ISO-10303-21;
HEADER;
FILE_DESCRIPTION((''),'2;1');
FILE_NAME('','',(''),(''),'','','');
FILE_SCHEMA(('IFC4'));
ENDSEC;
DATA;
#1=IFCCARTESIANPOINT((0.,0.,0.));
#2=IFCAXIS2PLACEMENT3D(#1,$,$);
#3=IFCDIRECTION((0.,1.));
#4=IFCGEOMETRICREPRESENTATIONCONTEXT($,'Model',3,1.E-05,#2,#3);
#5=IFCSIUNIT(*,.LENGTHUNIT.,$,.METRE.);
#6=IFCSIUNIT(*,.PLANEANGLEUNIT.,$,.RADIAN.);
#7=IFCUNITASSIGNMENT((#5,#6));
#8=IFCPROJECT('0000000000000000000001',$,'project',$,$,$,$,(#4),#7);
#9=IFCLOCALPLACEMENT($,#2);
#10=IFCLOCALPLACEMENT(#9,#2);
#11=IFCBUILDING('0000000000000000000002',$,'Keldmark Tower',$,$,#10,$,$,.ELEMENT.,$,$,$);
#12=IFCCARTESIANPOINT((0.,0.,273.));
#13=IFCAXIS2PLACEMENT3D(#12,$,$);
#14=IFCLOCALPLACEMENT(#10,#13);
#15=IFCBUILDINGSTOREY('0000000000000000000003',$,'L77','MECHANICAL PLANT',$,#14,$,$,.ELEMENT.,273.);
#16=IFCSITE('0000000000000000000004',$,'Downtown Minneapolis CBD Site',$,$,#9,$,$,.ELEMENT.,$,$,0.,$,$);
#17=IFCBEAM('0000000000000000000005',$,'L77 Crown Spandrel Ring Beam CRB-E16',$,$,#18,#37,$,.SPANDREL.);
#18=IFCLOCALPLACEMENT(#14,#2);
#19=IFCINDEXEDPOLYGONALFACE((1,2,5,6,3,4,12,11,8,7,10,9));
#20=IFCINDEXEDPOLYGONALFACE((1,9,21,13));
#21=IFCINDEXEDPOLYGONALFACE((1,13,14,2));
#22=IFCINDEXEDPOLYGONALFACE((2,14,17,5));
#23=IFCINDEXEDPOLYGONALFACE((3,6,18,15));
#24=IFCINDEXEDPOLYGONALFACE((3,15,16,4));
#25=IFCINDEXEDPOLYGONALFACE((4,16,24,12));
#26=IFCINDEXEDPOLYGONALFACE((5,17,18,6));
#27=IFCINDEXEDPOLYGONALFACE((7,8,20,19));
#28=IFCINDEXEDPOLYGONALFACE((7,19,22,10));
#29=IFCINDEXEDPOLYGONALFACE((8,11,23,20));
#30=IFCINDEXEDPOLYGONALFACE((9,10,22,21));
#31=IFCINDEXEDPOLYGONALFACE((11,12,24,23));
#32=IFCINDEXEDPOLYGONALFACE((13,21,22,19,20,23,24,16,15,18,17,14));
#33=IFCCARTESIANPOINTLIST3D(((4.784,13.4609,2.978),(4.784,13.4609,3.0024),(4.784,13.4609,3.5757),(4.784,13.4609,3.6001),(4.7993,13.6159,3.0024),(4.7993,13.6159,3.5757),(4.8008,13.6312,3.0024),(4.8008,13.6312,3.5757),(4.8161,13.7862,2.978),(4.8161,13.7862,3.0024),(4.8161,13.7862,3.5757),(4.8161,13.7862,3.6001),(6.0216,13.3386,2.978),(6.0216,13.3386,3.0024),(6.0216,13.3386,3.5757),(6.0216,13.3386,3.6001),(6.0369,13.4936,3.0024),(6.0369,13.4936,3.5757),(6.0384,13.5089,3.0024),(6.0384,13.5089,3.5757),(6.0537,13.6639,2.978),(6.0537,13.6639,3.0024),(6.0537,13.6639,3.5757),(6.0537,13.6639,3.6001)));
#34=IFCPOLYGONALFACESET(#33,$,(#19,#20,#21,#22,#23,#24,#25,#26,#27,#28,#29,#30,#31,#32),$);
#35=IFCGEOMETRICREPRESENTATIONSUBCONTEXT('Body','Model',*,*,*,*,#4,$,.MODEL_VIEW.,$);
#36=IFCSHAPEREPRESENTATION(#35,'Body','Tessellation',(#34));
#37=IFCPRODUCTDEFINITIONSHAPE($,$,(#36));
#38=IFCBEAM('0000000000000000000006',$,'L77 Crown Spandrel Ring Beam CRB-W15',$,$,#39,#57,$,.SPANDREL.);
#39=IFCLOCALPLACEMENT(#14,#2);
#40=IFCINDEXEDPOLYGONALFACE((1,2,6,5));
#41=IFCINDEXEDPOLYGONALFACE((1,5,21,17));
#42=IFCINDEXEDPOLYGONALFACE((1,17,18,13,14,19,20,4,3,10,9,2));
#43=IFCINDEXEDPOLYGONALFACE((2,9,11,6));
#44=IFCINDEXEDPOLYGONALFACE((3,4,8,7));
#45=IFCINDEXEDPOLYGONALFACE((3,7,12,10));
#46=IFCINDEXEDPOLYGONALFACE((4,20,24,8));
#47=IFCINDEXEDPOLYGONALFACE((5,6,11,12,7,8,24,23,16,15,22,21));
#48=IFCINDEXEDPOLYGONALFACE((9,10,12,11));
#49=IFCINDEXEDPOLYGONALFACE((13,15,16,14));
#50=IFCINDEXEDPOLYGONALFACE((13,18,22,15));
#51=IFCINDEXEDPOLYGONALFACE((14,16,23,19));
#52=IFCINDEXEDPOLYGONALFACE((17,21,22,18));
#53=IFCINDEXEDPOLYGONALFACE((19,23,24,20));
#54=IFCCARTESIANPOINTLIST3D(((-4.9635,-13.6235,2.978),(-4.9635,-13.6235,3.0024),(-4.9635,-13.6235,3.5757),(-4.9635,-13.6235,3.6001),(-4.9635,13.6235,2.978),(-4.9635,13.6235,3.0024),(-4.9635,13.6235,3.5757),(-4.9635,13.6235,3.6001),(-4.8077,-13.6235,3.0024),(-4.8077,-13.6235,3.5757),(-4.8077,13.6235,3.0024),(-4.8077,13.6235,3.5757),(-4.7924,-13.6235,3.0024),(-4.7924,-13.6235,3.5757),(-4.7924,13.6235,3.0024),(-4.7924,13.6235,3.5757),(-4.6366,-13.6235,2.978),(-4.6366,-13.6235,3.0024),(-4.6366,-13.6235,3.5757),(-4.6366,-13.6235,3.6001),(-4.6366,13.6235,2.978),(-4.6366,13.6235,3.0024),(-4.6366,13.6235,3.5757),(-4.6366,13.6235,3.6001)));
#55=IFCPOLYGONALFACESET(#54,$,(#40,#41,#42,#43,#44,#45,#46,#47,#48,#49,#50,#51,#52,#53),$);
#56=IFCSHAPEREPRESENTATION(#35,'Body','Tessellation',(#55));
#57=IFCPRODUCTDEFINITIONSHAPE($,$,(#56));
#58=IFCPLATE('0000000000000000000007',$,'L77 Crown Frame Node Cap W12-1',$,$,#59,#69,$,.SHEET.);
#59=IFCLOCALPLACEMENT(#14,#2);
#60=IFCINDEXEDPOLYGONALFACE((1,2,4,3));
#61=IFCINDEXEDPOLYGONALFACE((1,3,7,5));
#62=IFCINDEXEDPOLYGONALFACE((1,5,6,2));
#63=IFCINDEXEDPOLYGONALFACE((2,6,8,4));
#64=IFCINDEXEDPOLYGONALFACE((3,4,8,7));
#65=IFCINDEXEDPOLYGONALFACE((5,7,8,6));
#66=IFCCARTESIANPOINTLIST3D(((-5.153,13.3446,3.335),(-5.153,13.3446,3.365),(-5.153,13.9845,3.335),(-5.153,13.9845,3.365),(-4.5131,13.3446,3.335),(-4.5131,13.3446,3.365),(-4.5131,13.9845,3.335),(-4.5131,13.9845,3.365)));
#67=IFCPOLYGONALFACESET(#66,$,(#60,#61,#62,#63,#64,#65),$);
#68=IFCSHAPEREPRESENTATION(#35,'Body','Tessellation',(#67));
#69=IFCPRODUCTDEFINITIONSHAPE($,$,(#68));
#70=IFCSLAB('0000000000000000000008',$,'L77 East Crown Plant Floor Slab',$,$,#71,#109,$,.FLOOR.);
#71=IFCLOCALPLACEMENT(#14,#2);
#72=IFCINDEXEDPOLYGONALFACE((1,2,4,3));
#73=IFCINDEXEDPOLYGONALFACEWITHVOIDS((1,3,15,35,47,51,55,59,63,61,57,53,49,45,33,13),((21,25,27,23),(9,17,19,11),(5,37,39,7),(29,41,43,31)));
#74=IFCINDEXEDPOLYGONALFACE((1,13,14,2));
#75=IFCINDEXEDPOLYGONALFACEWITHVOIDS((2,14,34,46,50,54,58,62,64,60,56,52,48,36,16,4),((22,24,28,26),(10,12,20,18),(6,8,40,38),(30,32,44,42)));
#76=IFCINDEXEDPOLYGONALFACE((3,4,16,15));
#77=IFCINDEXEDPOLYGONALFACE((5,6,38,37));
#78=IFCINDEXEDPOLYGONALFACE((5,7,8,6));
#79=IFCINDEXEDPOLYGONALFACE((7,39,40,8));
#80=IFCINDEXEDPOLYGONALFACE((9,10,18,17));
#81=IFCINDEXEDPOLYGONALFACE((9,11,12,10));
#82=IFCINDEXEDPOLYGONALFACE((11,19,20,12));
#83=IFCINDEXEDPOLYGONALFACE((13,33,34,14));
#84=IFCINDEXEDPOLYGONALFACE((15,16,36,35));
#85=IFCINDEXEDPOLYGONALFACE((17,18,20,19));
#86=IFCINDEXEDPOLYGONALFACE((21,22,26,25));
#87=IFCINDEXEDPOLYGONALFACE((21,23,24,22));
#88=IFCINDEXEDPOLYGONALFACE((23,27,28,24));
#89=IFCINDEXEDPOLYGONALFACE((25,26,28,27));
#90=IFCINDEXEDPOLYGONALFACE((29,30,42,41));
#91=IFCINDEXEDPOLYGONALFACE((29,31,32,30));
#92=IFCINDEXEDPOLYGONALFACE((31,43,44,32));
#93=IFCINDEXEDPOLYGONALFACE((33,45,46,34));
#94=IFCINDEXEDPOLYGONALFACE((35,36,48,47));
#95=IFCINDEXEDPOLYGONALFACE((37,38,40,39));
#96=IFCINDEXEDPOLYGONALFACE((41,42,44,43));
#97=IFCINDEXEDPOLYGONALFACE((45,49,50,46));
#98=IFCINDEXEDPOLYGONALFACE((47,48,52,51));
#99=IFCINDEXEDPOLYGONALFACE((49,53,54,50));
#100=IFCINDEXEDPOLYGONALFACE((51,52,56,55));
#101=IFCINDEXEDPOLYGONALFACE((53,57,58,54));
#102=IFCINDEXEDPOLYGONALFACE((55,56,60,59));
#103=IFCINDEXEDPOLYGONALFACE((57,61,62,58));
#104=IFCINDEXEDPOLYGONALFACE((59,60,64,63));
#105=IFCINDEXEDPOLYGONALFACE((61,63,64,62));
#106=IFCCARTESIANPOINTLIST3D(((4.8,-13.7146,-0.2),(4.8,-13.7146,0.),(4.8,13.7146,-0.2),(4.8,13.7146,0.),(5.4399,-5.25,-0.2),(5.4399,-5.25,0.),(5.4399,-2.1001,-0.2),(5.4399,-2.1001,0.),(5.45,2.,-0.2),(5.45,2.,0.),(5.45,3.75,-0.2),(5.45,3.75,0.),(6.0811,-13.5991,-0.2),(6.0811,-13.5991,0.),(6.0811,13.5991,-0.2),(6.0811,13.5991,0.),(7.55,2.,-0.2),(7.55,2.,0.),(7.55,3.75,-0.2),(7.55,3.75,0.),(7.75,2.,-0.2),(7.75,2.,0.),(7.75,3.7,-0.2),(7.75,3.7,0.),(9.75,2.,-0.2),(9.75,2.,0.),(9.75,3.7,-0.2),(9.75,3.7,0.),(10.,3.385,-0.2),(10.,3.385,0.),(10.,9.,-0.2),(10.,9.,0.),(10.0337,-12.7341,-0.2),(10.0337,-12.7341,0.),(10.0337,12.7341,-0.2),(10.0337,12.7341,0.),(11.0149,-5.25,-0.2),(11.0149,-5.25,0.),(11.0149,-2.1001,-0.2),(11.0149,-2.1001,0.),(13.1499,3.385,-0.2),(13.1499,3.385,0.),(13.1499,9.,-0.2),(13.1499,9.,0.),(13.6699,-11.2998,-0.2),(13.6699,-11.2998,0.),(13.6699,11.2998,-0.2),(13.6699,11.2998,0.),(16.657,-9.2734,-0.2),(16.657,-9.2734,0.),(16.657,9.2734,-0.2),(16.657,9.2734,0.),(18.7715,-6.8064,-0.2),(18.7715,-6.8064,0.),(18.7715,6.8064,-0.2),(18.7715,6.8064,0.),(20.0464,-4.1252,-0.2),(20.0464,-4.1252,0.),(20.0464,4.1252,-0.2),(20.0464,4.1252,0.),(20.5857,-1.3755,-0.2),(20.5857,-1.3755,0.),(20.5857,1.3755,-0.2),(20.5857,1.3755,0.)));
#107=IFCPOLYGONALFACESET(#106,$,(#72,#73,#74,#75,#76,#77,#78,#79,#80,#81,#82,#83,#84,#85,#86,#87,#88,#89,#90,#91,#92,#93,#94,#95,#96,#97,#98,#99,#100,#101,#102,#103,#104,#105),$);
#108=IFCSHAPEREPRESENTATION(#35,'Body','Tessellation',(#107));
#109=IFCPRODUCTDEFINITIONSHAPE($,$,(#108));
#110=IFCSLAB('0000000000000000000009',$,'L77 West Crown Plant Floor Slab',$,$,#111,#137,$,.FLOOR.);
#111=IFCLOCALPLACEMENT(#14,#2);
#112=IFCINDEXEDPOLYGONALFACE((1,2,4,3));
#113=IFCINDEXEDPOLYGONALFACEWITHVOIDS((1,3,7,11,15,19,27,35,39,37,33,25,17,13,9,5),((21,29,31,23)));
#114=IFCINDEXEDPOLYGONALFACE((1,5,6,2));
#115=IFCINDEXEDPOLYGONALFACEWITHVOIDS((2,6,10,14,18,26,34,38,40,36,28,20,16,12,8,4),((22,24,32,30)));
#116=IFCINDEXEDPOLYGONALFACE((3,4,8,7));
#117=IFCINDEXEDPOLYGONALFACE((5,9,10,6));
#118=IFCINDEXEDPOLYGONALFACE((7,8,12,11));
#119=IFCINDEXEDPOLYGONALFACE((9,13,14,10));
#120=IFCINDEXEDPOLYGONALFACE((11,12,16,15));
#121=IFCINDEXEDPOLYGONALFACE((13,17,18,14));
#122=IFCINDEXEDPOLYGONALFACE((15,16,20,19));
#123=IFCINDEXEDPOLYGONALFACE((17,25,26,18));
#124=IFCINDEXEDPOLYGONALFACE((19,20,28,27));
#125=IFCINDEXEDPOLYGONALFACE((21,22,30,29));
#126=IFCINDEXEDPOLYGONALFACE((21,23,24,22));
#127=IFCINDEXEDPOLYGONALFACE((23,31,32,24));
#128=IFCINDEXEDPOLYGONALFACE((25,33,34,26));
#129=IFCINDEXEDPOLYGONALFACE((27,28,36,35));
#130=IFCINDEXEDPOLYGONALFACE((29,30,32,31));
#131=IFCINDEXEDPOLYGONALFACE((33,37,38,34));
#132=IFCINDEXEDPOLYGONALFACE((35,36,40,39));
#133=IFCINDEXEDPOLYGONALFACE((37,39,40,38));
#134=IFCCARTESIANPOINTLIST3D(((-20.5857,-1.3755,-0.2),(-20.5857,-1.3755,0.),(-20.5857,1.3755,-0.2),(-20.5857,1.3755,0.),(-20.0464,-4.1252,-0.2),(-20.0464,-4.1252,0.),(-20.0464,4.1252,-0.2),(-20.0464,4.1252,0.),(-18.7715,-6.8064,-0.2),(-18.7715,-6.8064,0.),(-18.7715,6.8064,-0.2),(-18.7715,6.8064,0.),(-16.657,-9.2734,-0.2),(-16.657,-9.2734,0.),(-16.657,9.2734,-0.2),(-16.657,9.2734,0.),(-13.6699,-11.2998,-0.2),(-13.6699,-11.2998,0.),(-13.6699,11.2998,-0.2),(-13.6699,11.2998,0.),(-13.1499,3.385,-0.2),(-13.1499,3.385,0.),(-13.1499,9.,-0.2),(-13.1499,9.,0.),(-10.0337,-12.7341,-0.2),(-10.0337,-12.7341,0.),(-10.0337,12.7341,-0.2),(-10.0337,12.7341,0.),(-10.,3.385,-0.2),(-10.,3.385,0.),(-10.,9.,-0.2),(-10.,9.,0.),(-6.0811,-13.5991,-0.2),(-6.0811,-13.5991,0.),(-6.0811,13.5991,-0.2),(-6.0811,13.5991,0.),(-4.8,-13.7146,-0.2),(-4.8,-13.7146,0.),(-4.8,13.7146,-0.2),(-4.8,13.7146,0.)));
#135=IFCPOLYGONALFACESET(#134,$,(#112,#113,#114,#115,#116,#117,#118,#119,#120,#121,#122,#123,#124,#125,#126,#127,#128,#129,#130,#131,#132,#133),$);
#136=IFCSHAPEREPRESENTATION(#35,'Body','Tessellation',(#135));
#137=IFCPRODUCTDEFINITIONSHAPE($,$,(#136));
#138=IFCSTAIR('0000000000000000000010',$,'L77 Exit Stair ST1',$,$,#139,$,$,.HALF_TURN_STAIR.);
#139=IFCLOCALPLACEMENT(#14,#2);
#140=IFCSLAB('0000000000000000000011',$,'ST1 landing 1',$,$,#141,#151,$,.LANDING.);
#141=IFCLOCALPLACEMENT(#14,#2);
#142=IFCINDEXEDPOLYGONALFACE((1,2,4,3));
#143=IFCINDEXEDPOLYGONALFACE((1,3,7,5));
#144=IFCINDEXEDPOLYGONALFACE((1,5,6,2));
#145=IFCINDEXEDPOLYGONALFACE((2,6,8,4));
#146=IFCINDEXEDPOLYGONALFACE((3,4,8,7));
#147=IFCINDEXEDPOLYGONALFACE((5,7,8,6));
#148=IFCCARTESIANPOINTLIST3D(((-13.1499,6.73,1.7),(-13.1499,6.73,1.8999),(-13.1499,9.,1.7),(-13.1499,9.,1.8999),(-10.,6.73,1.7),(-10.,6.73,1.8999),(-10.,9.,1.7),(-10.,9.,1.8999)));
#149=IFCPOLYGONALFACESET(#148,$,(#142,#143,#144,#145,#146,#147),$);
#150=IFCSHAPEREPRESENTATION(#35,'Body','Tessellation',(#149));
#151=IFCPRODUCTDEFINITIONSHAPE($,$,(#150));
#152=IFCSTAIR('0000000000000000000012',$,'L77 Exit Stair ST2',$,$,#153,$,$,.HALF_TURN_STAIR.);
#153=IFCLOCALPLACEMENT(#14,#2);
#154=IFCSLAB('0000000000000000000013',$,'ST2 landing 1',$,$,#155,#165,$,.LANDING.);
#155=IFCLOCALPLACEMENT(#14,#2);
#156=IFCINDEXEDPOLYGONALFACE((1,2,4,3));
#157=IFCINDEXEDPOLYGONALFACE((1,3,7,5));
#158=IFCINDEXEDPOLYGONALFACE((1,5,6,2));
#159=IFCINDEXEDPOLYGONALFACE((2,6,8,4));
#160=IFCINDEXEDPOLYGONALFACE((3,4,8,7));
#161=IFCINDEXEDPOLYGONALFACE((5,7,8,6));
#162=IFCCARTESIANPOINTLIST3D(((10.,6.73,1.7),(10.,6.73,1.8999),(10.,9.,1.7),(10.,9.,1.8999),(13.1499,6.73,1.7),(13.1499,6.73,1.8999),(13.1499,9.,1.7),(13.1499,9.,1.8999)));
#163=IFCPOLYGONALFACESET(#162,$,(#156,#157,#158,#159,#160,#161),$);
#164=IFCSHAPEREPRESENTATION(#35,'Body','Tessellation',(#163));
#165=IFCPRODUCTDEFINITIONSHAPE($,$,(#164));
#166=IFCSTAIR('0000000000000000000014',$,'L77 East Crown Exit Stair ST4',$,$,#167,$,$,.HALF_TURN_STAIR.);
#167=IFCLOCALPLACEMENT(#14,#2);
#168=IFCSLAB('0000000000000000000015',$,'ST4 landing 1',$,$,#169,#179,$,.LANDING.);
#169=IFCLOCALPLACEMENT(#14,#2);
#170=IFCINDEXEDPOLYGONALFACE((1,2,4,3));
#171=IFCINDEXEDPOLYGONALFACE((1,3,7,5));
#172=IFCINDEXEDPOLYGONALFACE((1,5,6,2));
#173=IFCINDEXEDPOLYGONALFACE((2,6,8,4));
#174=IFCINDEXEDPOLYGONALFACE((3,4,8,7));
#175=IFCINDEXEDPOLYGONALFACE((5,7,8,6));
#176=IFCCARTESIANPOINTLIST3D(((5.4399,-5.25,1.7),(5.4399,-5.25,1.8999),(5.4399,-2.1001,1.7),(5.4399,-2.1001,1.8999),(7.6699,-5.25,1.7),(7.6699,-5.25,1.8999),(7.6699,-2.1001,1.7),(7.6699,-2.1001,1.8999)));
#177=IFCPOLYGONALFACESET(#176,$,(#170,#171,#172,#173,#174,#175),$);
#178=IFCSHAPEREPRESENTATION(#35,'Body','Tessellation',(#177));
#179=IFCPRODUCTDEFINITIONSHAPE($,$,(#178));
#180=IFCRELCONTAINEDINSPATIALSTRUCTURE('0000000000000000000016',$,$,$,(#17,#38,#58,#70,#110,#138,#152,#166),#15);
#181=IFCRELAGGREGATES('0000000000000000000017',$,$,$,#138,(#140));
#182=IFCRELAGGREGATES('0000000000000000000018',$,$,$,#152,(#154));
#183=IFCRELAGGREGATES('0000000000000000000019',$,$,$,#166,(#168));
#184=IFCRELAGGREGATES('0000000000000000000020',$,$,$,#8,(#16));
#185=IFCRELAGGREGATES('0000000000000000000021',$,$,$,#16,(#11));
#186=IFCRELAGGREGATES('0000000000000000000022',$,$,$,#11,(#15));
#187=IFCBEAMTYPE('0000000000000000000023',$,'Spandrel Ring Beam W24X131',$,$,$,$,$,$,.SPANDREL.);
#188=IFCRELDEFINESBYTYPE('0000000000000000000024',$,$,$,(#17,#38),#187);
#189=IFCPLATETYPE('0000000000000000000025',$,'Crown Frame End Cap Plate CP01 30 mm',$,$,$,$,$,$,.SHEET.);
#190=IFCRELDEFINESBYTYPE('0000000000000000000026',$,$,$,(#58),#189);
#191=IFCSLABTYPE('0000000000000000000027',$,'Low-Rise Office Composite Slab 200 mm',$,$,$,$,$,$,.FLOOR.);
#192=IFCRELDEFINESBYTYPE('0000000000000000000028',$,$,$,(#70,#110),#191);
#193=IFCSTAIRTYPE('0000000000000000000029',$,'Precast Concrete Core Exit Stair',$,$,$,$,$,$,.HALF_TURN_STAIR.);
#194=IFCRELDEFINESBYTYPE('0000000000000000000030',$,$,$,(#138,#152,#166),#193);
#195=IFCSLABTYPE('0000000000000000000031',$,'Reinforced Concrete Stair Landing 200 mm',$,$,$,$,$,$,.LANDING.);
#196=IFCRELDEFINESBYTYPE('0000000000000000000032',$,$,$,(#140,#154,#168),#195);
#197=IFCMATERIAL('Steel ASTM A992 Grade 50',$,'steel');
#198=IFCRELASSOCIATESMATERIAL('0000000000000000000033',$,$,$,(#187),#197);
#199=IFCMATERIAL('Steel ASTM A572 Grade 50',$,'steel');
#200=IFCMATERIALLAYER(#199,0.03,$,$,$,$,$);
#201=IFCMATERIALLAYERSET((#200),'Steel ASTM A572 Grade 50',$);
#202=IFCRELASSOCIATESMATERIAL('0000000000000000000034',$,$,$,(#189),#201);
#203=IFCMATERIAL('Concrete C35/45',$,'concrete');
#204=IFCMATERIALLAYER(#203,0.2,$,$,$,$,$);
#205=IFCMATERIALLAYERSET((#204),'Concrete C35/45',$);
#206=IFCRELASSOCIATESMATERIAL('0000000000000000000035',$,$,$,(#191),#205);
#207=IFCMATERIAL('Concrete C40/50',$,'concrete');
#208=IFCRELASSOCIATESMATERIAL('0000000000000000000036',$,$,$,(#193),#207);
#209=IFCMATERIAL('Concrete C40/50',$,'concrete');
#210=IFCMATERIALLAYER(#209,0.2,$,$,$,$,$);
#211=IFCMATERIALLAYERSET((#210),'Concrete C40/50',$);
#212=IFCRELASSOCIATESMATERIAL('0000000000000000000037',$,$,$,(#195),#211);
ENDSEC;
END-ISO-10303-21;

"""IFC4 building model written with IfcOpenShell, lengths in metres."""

from ifc_helpers import new_model, si_unit, direction, frame, origin, origin_2d, place, context, subcontext, project, spatial, polyline, rectangle, i_section, outline, extrude, material, layer, layer_set, material_profile, profile_set, type_object, element, aggregate, save


model = new_model("IFC4")

# Units and contexts
model_context = context("Model", 3, precision=1e-05, world=origin(), true_north=direction((0.0, 1.0)))
body_context = subcontext(model_context, "Body", "Model", "MODEL_VIEW")
ifc_project = project(units=[si_unit("LENGTHUNIT", "METRE"), si_unit("PLANEANGLEUNIT", "RADIAN")], contexts=[model_context])

# Site, building, storey
site_placement = place(None, origin())
site = spatial("IfcSite", under=ifc_project, at=site_placement, Name="Downtown Minneapolis CBD Site", CompositionType="ELEMENT", RefElevation=0.0)
building_placement = place(site_placement, origin())
building = spatial("IfcBuilding", under=site, at=building_placement, Name="Keldmark Tower", CompositionType="ELEMENT")
storey_placement = place(building_placement, frame((0.0, 0.0, 273.0)))
storey = spatial("IfcBuildingStorey", under=building, at=storey_placement, Name="L77", Description="MECHANICAL PLANT", CompositionType="ELEMENT", Elevation=273.0)

# Beams
ifc_material_1 = material(Name="Steel ASTM A992 Grade 50", Category="steel")
ifc_material_profile_1 = material_profile(ifc_material_1, i_section(OverallWidth=0.3269, OverallDepth=0.6221, WebThickness=0.0154, FlangeThickness=0.0244, at=origin_2d()), Name="W24X131")
ifc_profile_set_1 = profile_set([ifc_material_profile_1], Name="Steel ASTM A992 Grade 50")
beam_type = type_object("IfcBeamType", Name="Spandrel Ring Beam W24X131", PredefinedType="SPANDREL", material=ifc_profile_set_1)
beam_1_placement = place(storey_placement, frame((4.8, 13.6235, 3.2891), z_axis=(0.995151, -0.098357, 0.0), x_axis=(0.098357, 0.995151, 0.0)))
element("IfcBeam", 1, at=beam_1_placement, inside=storey, type_object=beam_type, Name="L77 Crown Spandrel Ring Beam CRB-E16", PredefinedType="SPANDREL", context=body_context, shape_type="SweptSolid", body=[
    extrude(i_section(OverallWidth=0.3269, OverallDepth=0.6221, WebThickness=0.0154, FlangeThickness=0.0244, at=origin_2d()), origin(), (0.0, 0.0, 1.0), 1.2437),
])
beam_2_placement = place(storey_placement, frame((-4.8, 13.6235, 3.2891), z_axis=(0.0, -1.0, 0.0), x_axis=(1.0, 0.0, 0.0)))
element("IfcBeam", 2, at=beam_2_placement, inside=storey, type_object=beam_type, Name="L77 Crown Spandrel Ring Beam CRB-W15", PredefinedType="SPANDREL", context=body_context, shape_type="SweptSolid", body=[
    extrude(i_section(OverallWidth=0.3269, OverallDepth=0.6221, WebThickness=0.0154, FlangeThickness=0.0244, at=origin_2d()), origin(), (0.0, 0.0, 1.0), 27.2471),
])

# Plate
ifc_material_2 = material(Name="Steel ASTM A572 Grade 50", Category="steel")
ifc_layer_1 = layer(ifc_material_2, 0.03)
ifc_layer_set_1 = layer_set([ifc_layer_1], Name="Steel ASTM A572 Grade 50")
plate_type_1 = type_object("IfcPlateType", Name="Crown Frame End Cap Plate CP01 30 mm", PredefinedType="SHEET", material=ifc_layer_set_1)
plate_1_placement = place(storey_placement, frame((-4.833, 13.6646, 3.335), z_axis=(0.0, 0.0, 1.0), x_axis=(1.0, 0.0, 0.0)))
element("IfcPlate", 3, at=plate_1_placement, inside=storey, type_object=plate_type_1, Name="L77 Crown Frame Node Cap W12-1", PredefinedType="SHEET", context=body_context, shape_type="SweptSolid", body=[
    extrude(rectangle(XDim=0.6399, YDim=0.6399, at=origin_2d()), origin(), (0.0, 0.0, 1.0), 0.03),
])

# Slabs
ifc_material_3 = material(Name="Concrete C35/45", Category="concrete")
ifc_layer_2 = layer(ifc_material_3, 0.2)
ifc_layer_set_2 = layer_set([ifc_layer_2], Name="Concrete C35/45")
slab_type_1 = type_object("IfcSlabType", Name="Low-Rise Office Composite Slab 200 mm", PredefinedType="FLOOR", material=ifc_layer_set_2)
slab_1_placement = place(storey_placement, frame((0.0, 0.0, -0.2)))
element("IfcSlab", 4, at=slab_1_placement, inside=storey, type_object=slab_type_1, Name="L77 East Crown Plant Floor Slab", PredefinedType="FLOOR", context=body_context, shape_type="SweptSolid", body=[
    extrude(outline(polyline([(6.0811, 13.5991), (10.0337, 12.7341), (13.6699, 11.2998), (16.657, 9.2734), (18.7715, 6.8064), (20.0464, 4.1252), (20.5857, 1.3755), (20.5857, -1.3755), (20.0464, -4.1252), (18.7715, -6.8064), (16.657, -9.2734), (13.6699, -11.2998), (10.0337, -12.7341), (6.0811, -13.5991), (4.8, -13.7146), (4.8, 13.7146), (6.0811, 13.5991)]), holes=[polyline([(13.1499, 3.385), (13.1499, 9.0), (10.0, 9.0), (10.0, 3.385), (13.1499, 3.385)]), polyline([(11.0149, -2.1001), (5.4399, -2.1001), (5.4399, -5.25), (11.0149, -5.25), (11.0149, -2.1001)]), polyline([(7.75, 2.0), (9.75, 2.0), (9.75, 3.7), (7.75, 3.7), (7.75, 2.0)]), polyline([(5.45, 2.0), (7.55, 2.0), (7.55, 3.75), (5.45, 3.75), (5.45, 2.0)])]), origin(), (0.0, 0.0, 1.0), 0.2),
])
slab_2_placement = place(storey_placement, frame((0.0, 0.0, -0.2)))
element("IfcSlab", 5, at=slab_2_placement, inside=storey, type_object=slab_type_1, Name="L77 West Crown Plant Floor Slab", PredefinedType="FLOOR", context=body_context, shape_type="SweptSolid", body=[
    extrude(outline(polyline([(-6.0811, -13.5991), (-10.0337, -12.7341), (-13.6699, -11.2998), (-16.657, -9.2734), (-18.7715, -6.8064), (-20.0464, -4.1252), (-20.5857, -1.3755), (-20.5857, 1.3755), (-20.0464, 4.1252), (-18.7715, 6.8064), (-16.657, 9.2734), (-13.6699, 11.2998), (-10.0337, 12.7341), (-6.0811, 13.5991), (-4.8, 13.7146), (-4.8, -13.7146), (-6.0811, -13.5991)]), holes=[polyline([(-10.0, 3.385), (-10.0, 9.0), (-13.1499, 9.0), (-13.1499, 3.385), (-10.0, 3.385)])]), origin(), (0.0, 0.0, 1.0), 0.2),
])

# Stairs, slabs
ifc_material_4 = material(Name="Concrete C40/50", Category="concrete")
stair_type = type_object("IfcStairType", Name="Precast Concrete Core Exit Stair", PredefinedType="HALF_TURN_STAIR", material=ifc_material_4)
stair_1_placement = place(storey_placement, origin())
stair_1 = element("IfcStair", 6, at=stair_1_placement, inside=storey, type_object=stair_type, Name="L77 Exit Stair ST1", PredefinedType="HALF_TURN_STAIR")
ifc_material_5 = material(Name="Concrete C40/50", Category="concrete")
ifc_layer_3 = layer(ifc_material_5, 0.2)
ifc_layer_set_3 = layer_set([ifc_layer_3], Name="Concrete C40/50")
slab_type_2 = type_object("IfcSlabType", Name="Reinforced Concrete Stair Landing 200 mm", PredefinedType="LANDING", material=ifc_layer_set_3)
slab_3_placement = place(storey_placement, frame((0.0, 0.0, 1.7)))
slab_3 = element("IfcSlab", 7, at=slab_3_placement, type_object=slab_type_2, Name="ST1 landing 1", PredefinedType="LANDING", context=body_context, shape_type="SweptSolid", body=[
    extrude(outline(polyline([(-10.0, 6.73), (-10.0, 9.0), (-13.1499, 9.0), (-13.1499, 6.73), (-10.0, 6.73)])), origin(), (0.0, 0.0, 1.0), 0.2),
])
aggregate(stair_1, [slab_3])
stair_2_placement = place(storey_placement, origin())
stair_2 = element("IfcStair", 8, at=stair_2_placement, inside=storey, type_object=stair_type, Name="L77 Exit Stair ST2", PredefinedType="HALF_TURN_STAIR")
slab_4_placement = place(storey_placement, frame((0.0, 0.0, 1.7)))
slab_4 = element("IfcSlab", 9, at=slab_4_placement, type_object=slab_type_2, Name="ST2 landing 1", PredefinedType="LANDING", context=body_context, shape_type="SweptSolid", body=[
    extrude(outline(polyline([(13.1499, 6.73), (13.1499, 9.0), (10.0, 9.0), (10.0, 6.73), (13.1499, 6.73)])), origin(), (0.0, 0.0, 1.0), 0.2),
])
aggregate(stair_2, [slab_4])
stair_3_placement = place(storey_placement, origin())
stair_3 = element("IfcStair", 10, at=stair_3_placement, inside=storey, type_object=stair_type, Name="L77 East Crown Exit Stair ST4", PredefinedType="HALF_TURN_STAIR")
slab_5_placement = place(storey_placement, frame((0.0, 0.0, 1.7)))
slab_5 = element("IfcSlab", 11, at=slab_5_placement, type_object=slab_type_2, Name="ST4 landing 1", PredefinedType="LANDING", context=body_context, shape_type="SweptSolid", body=[
    extrude(outline(polyline([(7.6699, -2.1001), (5.4399, -2.1001), (5.4399, -5.25), (7.6699, -5.25), (7.6699, -2.1001)])), origin(), (0.0, 0.0, 1.0), 0.2),
])
aggregate(stair_3, [slab_5])

save(model, "model.ifc")
